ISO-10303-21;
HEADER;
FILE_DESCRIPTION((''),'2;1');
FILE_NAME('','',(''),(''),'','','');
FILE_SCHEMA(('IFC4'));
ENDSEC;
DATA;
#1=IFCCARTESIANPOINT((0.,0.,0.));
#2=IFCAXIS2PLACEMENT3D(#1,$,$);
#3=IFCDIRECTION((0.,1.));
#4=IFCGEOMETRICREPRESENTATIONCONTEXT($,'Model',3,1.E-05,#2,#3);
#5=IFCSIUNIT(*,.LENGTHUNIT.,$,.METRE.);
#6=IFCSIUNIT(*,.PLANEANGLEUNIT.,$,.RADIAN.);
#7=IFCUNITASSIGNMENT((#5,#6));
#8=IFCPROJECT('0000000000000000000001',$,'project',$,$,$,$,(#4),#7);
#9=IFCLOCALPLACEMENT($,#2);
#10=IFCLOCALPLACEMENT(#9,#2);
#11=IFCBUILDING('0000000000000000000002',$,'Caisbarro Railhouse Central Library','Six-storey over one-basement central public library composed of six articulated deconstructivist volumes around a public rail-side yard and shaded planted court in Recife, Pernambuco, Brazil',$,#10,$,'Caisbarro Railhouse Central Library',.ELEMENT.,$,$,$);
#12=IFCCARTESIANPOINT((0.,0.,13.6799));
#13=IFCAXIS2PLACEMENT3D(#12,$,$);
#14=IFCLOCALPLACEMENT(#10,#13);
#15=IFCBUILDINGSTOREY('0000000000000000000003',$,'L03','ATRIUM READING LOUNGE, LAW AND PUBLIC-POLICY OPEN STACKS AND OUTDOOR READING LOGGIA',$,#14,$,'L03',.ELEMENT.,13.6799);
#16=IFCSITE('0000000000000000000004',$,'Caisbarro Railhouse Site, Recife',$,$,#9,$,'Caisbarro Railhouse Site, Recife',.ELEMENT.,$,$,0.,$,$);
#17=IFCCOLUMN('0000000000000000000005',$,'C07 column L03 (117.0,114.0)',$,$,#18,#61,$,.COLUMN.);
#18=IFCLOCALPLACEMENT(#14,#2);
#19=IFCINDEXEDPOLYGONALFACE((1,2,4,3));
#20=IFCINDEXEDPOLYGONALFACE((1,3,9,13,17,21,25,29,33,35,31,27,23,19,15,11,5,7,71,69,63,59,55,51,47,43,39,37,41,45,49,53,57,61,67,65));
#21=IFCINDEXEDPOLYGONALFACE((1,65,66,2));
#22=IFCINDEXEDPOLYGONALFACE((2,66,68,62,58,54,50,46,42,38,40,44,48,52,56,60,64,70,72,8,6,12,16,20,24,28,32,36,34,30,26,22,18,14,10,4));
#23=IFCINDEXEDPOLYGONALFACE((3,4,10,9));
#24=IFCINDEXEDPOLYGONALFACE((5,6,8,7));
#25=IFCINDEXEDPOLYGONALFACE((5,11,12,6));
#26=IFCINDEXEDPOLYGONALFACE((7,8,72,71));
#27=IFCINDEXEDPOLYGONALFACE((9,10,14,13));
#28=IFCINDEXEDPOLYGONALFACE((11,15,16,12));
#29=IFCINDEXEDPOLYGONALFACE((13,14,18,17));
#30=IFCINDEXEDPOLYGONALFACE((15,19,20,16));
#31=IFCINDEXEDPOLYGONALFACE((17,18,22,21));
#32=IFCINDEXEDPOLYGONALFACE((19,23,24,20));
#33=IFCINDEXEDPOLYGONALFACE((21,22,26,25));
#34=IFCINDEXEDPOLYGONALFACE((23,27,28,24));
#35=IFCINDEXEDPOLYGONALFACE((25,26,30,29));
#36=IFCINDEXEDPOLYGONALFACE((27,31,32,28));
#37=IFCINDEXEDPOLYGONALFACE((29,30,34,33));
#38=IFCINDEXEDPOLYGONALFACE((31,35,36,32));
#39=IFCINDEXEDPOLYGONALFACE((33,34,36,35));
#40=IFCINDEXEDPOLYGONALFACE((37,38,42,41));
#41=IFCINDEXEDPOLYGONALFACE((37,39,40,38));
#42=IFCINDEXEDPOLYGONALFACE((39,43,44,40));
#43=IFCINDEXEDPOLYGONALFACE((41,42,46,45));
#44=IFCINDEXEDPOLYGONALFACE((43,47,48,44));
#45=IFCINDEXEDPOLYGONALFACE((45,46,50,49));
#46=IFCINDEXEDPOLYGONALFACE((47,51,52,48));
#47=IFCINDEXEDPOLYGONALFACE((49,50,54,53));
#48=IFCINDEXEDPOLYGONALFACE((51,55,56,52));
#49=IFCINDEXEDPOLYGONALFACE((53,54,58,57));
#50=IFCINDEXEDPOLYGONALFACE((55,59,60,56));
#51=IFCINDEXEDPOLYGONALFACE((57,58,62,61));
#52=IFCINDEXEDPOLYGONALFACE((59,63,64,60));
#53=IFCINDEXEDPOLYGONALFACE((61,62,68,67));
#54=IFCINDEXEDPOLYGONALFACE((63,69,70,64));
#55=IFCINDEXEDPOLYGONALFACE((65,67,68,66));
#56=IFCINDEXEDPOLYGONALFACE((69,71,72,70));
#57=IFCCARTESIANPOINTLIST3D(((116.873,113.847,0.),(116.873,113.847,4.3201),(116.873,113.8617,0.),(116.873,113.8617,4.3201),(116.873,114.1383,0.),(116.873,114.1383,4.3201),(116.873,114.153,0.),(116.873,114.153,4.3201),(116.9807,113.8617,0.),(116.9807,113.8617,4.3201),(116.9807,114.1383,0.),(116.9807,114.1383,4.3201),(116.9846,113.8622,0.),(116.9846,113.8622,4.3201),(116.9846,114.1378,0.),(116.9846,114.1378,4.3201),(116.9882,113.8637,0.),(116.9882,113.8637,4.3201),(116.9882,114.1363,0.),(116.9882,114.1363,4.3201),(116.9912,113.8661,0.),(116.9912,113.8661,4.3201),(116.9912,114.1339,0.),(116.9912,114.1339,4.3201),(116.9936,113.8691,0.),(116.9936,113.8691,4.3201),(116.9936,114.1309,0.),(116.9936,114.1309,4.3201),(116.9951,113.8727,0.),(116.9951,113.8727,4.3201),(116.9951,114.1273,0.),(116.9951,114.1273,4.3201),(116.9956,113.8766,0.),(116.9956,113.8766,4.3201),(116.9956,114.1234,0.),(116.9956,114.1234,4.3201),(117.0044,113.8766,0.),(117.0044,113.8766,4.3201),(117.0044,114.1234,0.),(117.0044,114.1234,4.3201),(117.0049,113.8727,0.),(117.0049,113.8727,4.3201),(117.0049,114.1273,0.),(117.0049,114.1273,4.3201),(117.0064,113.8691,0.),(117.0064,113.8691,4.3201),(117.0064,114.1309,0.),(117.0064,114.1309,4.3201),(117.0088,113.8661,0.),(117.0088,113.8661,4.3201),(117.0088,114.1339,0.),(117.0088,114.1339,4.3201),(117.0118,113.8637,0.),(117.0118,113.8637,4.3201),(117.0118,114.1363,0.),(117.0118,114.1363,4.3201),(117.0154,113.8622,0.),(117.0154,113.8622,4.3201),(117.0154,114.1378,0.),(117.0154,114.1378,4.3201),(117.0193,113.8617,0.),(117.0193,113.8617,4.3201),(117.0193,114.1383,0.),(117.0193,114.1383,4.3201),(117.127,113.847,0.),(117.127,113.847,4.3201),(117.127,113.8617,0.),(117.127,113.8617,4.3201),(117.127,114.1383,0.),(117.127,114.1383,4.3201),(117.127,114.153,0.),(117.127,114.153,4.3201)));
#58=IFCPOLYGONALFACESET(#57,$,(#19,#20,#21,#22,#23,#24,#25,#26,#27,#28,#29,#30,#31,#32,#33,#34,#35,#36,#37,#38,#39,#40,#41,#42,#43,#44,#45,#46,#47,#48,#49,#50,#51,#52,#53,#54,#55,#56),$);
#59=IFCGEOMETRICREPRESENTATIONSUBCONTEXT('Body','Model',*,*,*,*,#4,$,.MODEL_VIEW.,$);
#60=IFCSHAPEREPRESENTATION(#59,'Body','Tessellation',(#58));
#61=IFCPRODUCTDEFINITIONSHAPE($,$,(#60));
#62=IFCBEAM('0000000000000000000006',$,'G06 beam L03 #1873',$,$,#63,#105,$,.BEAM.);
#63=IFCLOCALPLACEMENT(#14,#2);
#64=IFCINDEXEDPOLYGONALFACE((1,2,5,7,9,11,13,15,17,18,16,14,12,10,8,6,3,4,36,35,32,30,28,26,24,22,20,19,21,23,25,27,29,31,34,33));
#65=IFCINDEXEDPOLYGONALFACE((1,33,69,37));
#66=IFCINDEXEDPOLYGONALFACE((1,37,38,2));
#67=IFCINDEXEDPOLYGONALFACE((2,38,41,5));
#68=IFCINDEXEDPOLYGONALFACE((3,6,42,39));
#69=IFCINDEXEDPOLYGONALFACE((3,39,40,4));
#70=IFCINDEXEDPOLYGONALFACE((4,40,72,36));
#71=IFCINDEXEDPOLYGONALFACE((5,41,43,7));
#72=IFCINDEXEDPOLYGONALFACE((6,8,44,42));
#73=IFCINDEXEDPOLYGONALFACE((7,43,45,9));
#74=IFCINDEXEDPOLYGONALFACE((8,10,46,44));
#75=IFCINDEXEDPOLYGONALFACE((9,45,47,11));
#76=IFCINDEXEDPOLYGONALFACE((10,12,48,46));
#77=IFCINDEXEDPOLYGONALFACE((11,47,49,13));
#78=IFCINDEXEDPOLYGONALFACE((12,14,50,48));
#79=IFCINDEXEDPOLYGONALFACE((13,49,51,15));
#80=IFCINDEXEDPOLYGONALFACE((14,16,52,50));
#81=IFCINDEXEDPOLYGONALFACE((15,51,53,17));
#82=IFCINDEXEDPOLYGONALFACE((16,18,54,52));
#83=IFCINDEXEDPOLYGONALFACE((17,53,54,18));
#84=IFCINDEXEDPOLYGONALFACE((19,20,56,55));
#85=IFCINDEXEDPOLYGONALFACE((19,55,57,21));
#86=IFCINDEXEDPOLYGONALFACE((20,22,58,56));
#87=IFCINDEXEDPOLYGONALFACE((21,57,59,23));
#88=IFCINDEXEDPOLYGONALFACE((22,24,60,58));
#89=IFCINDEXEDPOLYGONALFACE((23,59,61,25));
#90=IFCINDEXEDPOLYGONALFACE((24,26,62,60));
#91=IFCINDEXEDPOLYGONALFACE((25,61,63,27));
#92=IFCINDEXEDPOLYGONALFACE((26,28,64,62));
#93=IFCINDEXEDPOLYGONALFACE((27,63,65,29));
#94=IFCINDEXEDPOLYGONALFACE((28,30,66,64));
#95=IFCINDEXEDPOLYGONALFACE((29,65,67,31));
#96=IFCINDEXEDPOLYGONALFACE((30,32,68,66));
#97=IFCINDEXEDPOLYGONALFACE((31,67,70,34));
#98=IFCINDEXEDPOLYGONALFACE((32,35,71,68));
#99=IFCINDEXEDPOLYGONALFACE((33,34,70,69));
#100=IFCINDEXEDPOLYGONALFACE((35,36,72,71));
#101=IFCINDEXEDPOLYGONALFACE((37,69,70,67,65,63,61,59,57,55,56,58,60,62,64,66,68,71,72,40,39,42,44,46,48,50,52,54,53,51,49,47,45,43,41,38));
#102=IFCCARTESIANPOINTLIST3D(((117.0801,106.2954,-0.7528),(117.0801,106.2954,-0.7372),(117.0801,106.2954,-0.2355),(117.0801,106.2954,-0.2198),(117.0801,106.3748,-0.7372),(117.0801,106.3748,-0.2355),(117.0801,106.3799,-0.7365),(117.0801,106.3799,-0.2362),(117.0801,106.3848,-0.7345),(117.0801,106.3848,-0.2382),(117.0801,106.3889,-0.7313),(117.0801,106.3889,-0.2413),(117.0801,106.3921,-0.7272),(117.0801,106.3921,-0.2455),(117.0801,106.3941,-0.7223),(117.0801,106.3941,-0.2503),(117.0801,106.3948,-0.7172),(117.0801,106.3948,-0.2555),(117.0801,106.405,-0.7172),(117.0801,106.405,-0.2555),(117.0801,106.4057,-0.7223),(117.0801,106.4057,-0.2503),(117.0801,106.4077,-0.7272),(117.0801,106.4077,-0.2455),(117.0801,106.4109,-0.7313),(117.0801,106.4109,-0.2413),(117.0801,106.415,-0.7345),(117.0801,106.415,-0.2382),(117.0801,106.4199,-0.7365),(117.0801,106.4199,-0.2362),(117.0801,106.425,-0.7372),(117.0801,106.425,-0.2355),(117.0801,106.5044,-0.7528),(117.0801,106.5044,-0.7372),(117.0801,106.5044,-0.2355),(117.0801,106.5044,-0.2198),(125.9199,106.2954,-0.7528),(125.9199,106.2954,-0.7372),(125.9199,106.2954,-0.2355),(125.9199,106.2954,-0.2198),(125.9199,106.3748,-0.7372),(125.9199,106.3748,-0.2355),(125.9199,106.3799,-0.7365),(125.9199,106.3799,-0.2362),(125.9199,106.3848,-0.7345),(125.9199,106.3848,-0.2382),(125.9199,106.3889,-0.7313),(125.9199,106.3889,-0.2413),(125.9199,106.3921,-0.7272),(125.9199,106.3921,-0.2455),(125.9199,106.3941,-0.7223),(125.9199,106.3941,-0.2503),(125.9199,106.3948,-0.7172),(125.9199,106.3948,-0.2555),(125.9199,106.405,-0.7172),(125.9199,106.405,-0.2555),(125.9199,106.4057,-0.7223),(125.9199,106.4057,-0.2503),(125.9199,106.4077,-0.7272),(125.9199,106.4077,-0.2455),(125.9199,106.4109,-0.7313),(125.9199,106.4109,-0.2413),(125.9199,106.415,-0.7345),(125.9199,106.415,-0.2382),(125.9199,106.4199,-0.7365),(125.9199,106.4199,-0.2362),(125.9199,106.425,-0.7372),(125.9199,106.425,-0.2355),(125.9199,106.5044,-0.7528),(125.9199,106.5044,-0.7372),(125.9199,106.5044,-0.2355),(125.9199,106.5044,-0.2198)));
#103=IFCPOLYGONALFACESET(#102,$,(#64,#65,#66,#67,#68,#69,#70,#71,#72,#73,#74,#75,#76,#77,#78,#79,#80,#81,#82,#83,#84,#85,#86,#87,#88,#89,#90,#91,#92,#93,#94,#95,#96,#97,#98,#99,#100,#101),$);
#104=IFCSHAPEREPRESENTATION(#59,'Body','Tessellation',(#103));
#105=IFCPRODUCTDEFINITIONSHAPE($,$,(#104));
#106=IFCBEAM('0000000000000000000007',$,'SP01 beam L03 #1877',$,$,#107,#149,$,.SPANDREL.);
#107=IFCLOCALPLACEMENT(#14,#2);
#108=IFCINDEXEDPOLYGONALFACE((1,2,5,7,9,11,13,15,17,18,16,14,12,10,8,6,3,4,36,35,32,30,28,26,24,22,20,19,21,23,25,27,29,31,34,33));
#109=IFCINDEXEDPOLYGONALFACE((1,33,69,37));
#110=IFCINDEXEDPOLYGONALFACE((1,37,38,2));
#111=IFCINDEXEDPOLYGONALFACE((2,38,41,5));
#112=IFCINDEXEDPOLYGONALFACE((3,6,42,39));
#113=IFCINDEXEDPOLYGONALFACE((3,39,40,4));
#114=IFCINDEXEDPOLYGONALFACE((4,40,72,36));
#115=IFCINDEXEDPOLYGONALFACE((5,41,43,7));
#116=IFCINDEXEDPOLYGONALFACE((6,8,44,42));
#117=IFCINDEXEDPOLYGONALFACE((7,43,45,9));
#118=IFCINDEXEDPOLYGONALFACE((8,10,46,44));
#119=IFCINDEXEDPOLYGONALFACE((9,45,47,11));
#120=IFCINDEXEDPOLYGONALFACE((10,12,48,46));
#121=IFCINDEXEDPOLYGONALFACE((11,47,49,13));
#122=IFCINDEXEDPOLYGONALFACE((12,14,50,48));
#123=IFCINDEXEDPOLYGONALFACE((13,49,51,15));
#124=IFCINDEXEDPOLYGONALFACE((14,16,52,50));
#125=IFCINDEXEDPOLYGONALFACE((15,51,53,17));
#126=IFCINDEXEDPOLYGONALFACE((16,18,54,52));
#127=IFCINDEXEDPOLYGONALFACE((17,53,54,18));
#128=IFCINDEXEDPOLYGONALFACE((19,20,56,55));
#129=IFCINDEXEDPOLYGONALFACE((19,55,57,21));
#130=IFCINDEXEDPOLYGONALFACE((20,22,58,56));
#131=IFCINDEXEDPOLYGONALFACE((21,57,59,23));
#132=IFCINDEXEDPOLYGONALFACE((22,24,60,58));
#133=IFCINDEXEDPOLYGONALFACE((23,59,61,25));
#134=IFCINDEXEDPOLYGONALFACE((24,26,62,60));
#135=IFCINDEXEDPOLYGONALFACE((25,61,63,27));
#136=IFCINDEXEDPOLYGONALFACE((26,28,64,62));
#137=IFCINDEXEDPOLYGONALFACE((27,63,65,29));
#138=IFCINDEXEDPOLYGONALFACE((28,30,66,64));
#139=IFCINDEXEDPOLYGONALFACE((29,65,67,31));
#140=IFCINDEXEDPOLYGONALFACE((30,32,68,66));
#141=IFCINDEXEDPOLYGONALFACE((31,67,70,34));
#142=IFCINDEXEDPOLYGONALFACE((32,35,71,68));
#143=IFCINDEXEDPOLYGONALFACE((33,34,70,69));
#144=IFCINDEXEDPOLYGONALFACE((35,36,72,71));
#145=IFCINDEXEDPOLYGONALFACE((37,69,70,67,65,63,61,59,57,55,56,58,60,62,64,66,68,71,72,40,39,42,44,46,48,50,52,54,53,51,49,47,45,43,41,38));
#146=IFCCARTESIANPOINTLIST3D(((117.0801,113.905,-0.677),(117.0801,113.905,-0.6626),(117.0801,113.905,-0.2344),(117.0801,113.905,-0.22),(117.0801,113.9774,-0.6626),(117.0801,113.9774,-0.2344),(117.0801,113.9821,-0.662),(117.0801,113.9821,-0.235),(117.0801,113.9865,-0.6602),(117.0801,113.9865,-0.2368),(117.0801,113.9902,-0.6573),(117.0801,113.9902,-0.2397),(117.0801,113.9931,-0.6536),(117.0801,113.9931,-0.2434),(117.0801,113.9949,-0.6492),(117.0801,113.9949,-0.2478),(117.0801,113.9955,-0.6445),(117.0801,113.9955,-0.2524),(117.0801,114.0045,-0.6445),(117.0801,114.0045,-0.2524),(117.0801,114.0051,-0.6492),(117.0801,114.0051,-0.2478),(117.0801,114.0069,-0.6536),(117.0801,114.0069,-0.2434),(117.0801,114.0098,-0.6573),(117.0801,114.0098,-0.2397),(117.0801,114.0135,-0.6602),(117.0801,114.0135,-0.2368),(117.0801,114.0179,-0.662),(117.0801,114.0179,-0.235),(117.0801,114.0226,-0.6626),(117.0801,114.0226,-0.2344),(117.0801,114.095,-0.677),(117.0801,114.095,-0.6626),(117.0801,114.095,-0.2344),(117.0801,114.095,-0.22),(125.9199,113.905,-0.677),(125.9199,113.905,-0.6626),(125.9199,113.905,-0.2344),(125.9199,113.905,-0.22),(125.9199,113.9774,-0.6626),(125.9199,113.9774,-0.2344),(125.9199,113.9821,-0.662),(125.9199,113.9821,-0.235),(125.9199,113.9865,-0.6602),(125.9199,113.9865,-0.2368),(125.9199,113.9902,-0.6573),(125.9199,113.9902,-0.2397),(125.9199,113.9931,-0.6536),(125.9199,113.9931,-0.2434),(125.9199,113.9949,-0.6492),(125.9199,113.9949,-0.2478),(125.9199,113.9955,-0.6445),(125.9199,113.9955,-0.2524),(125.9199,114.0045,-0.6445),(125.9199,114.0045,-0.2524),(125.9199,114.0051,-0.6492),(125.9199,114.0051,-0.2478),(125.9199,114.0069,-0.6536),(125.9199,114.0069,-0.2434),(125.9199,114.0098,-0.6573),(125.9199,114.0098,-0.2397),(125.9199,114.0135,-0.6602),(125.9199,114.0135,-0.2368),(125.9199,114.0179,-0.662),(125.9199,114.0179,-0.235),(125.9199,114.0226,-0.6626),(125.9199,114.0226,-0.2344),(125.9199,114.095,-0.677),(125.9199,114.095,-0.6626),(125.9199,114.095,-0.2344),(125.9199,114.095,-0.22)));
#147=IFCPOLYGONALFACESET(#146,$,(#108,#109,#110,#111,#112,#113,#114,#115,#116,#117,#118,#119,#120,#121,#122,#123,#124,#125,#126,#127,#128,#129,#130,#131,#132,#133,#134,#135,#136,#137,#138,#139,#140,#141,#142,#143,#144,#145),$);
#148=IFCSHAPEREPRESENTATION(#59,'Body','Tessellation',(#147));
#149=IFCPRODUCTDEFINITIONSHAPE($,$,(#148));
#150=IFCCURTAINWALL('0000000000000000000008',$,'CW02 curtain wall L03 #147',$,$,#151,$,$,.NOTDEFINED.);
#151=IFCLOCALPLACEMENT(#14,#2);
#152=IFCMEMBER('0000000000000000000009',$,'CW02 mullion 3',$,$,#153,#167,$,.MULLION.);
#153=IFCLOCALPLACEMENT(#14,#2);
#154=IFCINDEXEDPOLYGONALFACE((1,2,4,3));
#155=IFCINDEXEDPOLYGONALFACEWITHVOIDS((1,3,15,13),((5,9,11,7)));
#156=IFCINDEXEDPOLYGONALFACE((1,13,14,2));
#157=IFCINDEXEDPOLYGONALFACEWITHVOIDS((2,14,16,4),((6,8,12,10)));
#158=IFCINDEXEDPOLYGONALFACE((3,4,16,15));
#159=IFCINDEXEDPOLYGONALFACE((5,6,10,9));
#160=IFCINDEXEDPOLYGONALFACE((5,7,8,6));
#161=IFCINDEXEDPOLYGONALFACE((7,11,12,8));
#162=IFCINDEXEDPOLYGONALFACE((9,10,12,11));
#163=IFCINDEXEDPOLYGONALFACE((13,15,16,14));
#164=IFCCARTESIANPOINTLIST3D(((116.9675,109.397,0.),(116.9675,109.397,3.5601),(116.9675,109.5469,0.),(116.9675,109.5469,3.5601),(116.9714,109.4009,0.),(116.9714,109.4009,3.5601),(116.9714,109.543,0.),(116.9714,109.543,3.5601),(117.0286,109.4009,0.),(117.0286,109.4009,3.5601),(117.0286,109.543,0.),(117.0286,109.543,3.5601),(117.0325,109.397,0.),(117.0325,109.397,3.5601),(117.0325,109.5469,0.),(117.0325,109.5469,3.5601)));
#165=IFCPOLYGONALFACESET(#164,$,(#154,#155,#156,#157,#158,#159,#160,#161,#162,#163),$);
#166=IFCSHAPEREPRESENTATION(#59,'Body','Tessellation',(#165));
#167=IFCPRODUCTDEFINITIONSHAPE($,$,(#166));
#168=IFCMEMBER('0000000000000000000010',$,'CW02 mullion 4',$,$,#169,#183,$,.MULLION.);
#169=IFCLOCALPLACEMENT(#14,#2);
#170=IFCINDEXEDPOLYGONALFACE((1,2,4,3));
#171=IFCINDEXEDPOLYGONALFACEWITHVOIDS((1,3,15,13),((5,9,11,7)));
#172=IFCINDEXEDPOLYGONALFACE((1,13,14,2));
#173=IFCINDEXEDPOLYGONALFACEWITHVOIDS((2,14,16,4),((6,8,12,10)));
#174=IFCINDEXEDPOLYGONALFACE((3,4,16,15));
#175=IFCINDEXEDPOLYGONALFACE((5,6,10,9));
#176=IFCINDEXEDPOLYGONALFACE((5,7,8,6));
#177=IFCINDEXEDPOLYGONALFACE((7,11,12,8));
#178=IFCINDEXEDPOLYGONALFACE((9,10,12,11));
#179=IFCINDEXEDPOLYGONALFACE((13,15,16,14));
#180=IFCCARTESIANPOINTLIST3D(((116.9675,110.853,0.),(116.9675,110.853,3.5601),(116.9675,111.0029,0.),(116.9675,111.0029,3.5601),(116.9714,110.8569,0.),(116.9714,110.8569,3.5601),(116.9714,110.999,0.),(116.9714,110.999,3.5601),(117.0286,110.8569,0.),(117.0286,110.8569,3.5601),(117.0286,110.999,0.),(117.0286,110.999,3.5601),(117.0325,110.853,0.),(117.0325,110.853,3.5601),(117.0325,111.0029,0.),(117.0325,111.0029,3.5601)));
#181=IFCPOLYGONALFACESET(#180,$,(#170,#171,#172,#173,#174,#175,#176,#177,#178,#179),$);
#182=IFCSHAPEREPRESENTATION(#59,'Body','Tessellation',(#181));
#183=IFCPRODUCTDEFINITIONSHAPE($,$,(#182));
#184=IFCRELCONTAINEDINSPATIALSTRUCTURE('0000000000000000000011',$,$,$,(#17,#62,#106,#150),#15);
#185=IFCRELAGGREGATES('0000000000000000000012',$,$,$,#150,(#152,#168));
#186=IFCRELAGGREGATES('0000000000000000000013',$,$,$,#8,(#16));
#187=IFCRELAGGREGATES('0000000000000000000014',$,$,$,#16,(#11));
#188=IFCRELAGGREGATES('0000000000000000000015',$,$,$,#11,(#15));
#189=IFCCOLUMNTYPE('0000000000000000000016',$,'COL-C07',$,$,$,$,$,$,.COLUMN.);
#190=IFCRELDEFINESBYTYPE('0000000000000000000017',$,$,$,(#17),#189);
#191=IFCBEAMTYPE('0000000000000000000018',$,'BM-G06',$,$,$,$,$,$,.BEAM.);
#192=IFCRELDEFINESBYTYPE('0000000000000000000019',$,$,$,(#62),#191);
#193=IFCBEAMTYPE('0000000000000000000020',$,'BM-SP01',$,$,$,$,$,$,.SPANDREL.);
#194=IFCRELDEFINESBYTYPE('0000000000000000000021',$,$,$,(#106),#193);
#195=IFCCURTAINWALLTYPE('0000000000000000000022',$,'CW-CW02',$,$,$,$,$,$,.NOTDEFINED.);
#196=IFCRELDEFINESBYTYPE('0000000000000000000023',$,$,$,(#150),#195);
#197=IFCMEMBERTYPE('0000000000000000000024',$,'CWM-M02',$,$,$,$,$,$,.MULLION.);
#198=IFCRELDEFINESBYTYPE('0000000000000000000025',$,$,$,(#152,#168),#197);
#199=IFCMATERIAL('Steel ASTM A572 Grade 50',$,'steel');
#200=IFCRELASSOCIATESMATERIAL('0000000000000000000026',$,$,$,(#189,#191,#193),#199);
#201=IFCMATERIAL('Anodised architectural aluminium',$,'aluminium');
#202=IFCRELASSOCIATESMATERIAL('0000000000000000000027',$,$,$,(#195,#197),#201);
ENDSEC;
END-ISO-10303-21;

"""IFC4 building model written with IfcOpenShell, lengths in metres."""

from ifc_helpers import new_model, si_unit, direction, frame, origin, origin_2d, place, context, subcontext, project, spatial, hollow_rectangle, i_section, extrude, material, material_profile, profile_set, type_object, element, aggregate, save


model = new_model("IFC4")

# Units and contexts
model_context = context("Model", 3, precision=1e-05, world=origin(), true_north=direction((0.0, 1.0)))
body_context = subcontext(model_context, "Body", "Model", "MODEL_VIEW")
ifc_project = project(units=[si_unit("LENGTHUNIT", "METRE"), si_unit("PLANEANGLEUNIT", "RADIAN")], contexts=[model_context])

# Site, building, storey
site_placement = place(None, origin())
site = spatial("IfcSite", under=ifc_project, at=site_placement, Name="Caisbarro Railhouse Site, Recife", LongName="Caisbarro Railhouse Site, Recife", CompositionType="ELEMENT", RefElevation=0.0)
building_placement = place(site_placement, origin())
building = spatial("IfcBuilding", under=site, at=building_placement, Name="Caisbarro Railhouse Central Library", Description="Six-storey over one-basement central public library composed of six articulated deconstructivist volumes around a public rail-side yard and shaded planted court in Recife, Pernambuco, Brazil", LongName="Caisbarro Railhouse Central Library", CompositionType="ELEMENT")
storey_placement = place(building_placement, frame((0.0, 0.0, 13.6799)))
storey = spatial("IfcBuildingStorey", under=building, at=storey_placement, Name="L03", Description="ATRIUM READING LOUNGE, LAW AND PUBLIC-POLICY OPEN STACKS AND OUTDOOR READING LOGGIA", LongName="L03", CompositionType="ELEMENT", Elevation=13.6799)

# Column
ifc_material_1 = material(Name="Steel ASTM A572 Grade 50", Category="steel")
ifc_material_profile_1 = material_profile(ifc_material_1, i_section(OverallWidth=0.2539, OverallDepth=0.3059, WebThickness=0.0088, FlangeThickness=0.0146, FilletRadius=0.0149, at=origin_2d()), Name="W310X79.0")
ifc_profile_set_1 = profile_set([ifc_material_profile_1], Name="Steel ASTM A572 Grade 50")
column_type = type_object("IfcColumnType", Name="COL-C07", PredefinedType="COLUMN", material=ifc_profile_set_1)
column_placement = place(storey_placement, frame((117.0, 114.0, 0.0), z_axis=(0.0, 0.0, 1.0), x_axis=(1.0, 0.0, 0.0)))
element("IfcColumn", 1, at=column_placement, inside=storey, type_object=column_type, Name="C07 column L03 (117.0,114.0)", PredefinedType="COLUMN", context=body_context, shape_type="SweptSolid", body=[
    extrude(i_section(OverallWidth=0.2539, OverallDepth=0.3059, WebThickness=0.0088, FlangeThickness=0.0146, FilletRadius=0.0149, at=origin_2d()), origin(), (0.0, 0.0, 1.0), 4.3201),
])

# Beams
ifc_material_profile_2 = material_profile(ifc_material_1, i_section(OverallWidth=0.209, OverallDepth=0.533, WebThickness=0.0103, FlangeThickness=0.0156, FilletRadius=0.02, at=origin_2d()), Name="W530X92.0")
ifc_profile_set_2 = profile_set([ifc_material_profile_2], Name="Steel ASTM A572 Grade 50")
beam_type_1 = type_object("IfcBeamType", Name="BM-G06", PredefinedType="BEAM", material=ifc_profile_set_2)
beam_1_placement = place(storey_placement, frame((117.0801, 106.3999, -0.4863), z_axis=(1.0, 0.0, 0.0), x_axis=(0.0, 1.0, 0.0)))
element("IfcBeam", 2, at=beam_1_placement, inside=storey, type_object=beam_type_1, Name="G06 beam L03 #1873", PredefinedType="BEAM", context=body_context, shape_type="SweptSolid", body=[
    extrude(i_section(OverallWidth=0.209, OverallDepth=0.533, WebThickness=0.0103, FlangeThickness=0.0156, FilletRadius=0.02, at=origin_2d()), origin(), (0.0, 0.0, 1.0), 8.8398),
])
ifc_material_profile_3 = material_profile(ifc_material_1, i_section(OverallWidth=0.1899, OverallDepth=0.457, WebThickness=0.009, FlangeThickness=0.0144, FilletRadius=0.0181, at=origin_2d()), Name="W460X74.0")
ifc_profile_set_3 = profile_set([ifc_material_profile_3], Name="Steel ASTM A572 Grade 50")
beam_type_2 = type_object("IfcBeamType", Name="BM-SP01", PredefinedType="SPANDREL", material=ifc_profile_set_3)
beam_2_placement = place(storey_placement, frame((117.0801, 114.0, -0.4485), z_axis=(1.0, 0.0, 0.0), x_axis=(0.0, 1.0, 0.0)))
element("IfcBeam", 3, at=beam_2_placement, inside=storey, type_object=beam_type_2, Name="SP01 beam L03 #1877", PredefinedType="SPANDREL", context=body_context, shape_type="SweptSolid", body=[
    extrude(i_section(OverallWidth=0.1899, OverallDepth=0.457, WebThickness=0.009, FlangeThickness=0.0144, FilletRadius=0.0181, at=origin_2d()), origin(), (0.0, 0.0, 1.0), 8.8398),
])

# Curtain wall, members
ifc_material_2 = material(Name="Anodised architectural aluminium", Category="aluminium")
curtain_wall_type = type_object("IfcCurtainWallType", Name="CW-CW02", PredefinedType="NOTDEFINED", material=ifc_material_2)
curtain_wall_placement = place(storey_placement, origin())
curtain_wall = element("IfcCurtainWall", 4, at=curtain_wall_placement, inside=storey, type_object=curtain_wall_type, Name="CW02 curtain wall L03 #147", PredefinedType="NOTDEFINED")
ifc_material_profile_4 = material_profile(ifc_material_2, hollow_rectangle(XDim=0.0649, YDim=0.1499, WallThickness=0.0039, at=origin_2d()), Name="ALU-MUL-65X150")
ifc_profile_set_4 = profile_set([ifc_material_profile_4], Name="Anodised architectural aluminium")
member_type_1 = type_object("IfcMemberType", Name="CWM-M02", PredefinedType="MULLION", material=ifc_profile_set_4)
member_1_placement = place(storey_placement, frame((117.0, 109.4719, 0.0), z_axis=(0.0, 0.0, 1.0), x_axis=(-1.0, 0.0, 0.0)))
member_1 = element("IfcMember", 5, at=member_1_placement, type_object=member_type_1, Name="CW02 mullion 3", PredefinedType="MULLION", context=body_context, shape_type="SweptSolid", body=[
    extrude(hollow_rectangle(XDim=0.0649, YDim=0.1499, WallThickness=0.0039, at=origin_2d()), origin(), (0.0, 0.0, 1.0), 3.5601),
])
member_2_placement = place(storey_placement, frame((117.0, 110.928, 0.0), z_axis=(0.0, 0.0, 1.0), x_axis=(-1.0, 0.0, 0.0)))
member_2 = element("IfcMember", 6, at=member_2_placement, type_object=member_type_1, Name="CW02 mullion 4", PredefinedType="MULLION", context=body_context, shape_type="SweptSolid", body=[
    extrude(hollow_rectangle(XDim=0.0649, YDim=0.1499, WallThickness=0.0039, at=origin_2d()), origin(), (0.0, 0.0, 1.0), 3.5601),
])
aggregate(curtain_wall, [member_1, member_2])

save(model, "model.ifc")
